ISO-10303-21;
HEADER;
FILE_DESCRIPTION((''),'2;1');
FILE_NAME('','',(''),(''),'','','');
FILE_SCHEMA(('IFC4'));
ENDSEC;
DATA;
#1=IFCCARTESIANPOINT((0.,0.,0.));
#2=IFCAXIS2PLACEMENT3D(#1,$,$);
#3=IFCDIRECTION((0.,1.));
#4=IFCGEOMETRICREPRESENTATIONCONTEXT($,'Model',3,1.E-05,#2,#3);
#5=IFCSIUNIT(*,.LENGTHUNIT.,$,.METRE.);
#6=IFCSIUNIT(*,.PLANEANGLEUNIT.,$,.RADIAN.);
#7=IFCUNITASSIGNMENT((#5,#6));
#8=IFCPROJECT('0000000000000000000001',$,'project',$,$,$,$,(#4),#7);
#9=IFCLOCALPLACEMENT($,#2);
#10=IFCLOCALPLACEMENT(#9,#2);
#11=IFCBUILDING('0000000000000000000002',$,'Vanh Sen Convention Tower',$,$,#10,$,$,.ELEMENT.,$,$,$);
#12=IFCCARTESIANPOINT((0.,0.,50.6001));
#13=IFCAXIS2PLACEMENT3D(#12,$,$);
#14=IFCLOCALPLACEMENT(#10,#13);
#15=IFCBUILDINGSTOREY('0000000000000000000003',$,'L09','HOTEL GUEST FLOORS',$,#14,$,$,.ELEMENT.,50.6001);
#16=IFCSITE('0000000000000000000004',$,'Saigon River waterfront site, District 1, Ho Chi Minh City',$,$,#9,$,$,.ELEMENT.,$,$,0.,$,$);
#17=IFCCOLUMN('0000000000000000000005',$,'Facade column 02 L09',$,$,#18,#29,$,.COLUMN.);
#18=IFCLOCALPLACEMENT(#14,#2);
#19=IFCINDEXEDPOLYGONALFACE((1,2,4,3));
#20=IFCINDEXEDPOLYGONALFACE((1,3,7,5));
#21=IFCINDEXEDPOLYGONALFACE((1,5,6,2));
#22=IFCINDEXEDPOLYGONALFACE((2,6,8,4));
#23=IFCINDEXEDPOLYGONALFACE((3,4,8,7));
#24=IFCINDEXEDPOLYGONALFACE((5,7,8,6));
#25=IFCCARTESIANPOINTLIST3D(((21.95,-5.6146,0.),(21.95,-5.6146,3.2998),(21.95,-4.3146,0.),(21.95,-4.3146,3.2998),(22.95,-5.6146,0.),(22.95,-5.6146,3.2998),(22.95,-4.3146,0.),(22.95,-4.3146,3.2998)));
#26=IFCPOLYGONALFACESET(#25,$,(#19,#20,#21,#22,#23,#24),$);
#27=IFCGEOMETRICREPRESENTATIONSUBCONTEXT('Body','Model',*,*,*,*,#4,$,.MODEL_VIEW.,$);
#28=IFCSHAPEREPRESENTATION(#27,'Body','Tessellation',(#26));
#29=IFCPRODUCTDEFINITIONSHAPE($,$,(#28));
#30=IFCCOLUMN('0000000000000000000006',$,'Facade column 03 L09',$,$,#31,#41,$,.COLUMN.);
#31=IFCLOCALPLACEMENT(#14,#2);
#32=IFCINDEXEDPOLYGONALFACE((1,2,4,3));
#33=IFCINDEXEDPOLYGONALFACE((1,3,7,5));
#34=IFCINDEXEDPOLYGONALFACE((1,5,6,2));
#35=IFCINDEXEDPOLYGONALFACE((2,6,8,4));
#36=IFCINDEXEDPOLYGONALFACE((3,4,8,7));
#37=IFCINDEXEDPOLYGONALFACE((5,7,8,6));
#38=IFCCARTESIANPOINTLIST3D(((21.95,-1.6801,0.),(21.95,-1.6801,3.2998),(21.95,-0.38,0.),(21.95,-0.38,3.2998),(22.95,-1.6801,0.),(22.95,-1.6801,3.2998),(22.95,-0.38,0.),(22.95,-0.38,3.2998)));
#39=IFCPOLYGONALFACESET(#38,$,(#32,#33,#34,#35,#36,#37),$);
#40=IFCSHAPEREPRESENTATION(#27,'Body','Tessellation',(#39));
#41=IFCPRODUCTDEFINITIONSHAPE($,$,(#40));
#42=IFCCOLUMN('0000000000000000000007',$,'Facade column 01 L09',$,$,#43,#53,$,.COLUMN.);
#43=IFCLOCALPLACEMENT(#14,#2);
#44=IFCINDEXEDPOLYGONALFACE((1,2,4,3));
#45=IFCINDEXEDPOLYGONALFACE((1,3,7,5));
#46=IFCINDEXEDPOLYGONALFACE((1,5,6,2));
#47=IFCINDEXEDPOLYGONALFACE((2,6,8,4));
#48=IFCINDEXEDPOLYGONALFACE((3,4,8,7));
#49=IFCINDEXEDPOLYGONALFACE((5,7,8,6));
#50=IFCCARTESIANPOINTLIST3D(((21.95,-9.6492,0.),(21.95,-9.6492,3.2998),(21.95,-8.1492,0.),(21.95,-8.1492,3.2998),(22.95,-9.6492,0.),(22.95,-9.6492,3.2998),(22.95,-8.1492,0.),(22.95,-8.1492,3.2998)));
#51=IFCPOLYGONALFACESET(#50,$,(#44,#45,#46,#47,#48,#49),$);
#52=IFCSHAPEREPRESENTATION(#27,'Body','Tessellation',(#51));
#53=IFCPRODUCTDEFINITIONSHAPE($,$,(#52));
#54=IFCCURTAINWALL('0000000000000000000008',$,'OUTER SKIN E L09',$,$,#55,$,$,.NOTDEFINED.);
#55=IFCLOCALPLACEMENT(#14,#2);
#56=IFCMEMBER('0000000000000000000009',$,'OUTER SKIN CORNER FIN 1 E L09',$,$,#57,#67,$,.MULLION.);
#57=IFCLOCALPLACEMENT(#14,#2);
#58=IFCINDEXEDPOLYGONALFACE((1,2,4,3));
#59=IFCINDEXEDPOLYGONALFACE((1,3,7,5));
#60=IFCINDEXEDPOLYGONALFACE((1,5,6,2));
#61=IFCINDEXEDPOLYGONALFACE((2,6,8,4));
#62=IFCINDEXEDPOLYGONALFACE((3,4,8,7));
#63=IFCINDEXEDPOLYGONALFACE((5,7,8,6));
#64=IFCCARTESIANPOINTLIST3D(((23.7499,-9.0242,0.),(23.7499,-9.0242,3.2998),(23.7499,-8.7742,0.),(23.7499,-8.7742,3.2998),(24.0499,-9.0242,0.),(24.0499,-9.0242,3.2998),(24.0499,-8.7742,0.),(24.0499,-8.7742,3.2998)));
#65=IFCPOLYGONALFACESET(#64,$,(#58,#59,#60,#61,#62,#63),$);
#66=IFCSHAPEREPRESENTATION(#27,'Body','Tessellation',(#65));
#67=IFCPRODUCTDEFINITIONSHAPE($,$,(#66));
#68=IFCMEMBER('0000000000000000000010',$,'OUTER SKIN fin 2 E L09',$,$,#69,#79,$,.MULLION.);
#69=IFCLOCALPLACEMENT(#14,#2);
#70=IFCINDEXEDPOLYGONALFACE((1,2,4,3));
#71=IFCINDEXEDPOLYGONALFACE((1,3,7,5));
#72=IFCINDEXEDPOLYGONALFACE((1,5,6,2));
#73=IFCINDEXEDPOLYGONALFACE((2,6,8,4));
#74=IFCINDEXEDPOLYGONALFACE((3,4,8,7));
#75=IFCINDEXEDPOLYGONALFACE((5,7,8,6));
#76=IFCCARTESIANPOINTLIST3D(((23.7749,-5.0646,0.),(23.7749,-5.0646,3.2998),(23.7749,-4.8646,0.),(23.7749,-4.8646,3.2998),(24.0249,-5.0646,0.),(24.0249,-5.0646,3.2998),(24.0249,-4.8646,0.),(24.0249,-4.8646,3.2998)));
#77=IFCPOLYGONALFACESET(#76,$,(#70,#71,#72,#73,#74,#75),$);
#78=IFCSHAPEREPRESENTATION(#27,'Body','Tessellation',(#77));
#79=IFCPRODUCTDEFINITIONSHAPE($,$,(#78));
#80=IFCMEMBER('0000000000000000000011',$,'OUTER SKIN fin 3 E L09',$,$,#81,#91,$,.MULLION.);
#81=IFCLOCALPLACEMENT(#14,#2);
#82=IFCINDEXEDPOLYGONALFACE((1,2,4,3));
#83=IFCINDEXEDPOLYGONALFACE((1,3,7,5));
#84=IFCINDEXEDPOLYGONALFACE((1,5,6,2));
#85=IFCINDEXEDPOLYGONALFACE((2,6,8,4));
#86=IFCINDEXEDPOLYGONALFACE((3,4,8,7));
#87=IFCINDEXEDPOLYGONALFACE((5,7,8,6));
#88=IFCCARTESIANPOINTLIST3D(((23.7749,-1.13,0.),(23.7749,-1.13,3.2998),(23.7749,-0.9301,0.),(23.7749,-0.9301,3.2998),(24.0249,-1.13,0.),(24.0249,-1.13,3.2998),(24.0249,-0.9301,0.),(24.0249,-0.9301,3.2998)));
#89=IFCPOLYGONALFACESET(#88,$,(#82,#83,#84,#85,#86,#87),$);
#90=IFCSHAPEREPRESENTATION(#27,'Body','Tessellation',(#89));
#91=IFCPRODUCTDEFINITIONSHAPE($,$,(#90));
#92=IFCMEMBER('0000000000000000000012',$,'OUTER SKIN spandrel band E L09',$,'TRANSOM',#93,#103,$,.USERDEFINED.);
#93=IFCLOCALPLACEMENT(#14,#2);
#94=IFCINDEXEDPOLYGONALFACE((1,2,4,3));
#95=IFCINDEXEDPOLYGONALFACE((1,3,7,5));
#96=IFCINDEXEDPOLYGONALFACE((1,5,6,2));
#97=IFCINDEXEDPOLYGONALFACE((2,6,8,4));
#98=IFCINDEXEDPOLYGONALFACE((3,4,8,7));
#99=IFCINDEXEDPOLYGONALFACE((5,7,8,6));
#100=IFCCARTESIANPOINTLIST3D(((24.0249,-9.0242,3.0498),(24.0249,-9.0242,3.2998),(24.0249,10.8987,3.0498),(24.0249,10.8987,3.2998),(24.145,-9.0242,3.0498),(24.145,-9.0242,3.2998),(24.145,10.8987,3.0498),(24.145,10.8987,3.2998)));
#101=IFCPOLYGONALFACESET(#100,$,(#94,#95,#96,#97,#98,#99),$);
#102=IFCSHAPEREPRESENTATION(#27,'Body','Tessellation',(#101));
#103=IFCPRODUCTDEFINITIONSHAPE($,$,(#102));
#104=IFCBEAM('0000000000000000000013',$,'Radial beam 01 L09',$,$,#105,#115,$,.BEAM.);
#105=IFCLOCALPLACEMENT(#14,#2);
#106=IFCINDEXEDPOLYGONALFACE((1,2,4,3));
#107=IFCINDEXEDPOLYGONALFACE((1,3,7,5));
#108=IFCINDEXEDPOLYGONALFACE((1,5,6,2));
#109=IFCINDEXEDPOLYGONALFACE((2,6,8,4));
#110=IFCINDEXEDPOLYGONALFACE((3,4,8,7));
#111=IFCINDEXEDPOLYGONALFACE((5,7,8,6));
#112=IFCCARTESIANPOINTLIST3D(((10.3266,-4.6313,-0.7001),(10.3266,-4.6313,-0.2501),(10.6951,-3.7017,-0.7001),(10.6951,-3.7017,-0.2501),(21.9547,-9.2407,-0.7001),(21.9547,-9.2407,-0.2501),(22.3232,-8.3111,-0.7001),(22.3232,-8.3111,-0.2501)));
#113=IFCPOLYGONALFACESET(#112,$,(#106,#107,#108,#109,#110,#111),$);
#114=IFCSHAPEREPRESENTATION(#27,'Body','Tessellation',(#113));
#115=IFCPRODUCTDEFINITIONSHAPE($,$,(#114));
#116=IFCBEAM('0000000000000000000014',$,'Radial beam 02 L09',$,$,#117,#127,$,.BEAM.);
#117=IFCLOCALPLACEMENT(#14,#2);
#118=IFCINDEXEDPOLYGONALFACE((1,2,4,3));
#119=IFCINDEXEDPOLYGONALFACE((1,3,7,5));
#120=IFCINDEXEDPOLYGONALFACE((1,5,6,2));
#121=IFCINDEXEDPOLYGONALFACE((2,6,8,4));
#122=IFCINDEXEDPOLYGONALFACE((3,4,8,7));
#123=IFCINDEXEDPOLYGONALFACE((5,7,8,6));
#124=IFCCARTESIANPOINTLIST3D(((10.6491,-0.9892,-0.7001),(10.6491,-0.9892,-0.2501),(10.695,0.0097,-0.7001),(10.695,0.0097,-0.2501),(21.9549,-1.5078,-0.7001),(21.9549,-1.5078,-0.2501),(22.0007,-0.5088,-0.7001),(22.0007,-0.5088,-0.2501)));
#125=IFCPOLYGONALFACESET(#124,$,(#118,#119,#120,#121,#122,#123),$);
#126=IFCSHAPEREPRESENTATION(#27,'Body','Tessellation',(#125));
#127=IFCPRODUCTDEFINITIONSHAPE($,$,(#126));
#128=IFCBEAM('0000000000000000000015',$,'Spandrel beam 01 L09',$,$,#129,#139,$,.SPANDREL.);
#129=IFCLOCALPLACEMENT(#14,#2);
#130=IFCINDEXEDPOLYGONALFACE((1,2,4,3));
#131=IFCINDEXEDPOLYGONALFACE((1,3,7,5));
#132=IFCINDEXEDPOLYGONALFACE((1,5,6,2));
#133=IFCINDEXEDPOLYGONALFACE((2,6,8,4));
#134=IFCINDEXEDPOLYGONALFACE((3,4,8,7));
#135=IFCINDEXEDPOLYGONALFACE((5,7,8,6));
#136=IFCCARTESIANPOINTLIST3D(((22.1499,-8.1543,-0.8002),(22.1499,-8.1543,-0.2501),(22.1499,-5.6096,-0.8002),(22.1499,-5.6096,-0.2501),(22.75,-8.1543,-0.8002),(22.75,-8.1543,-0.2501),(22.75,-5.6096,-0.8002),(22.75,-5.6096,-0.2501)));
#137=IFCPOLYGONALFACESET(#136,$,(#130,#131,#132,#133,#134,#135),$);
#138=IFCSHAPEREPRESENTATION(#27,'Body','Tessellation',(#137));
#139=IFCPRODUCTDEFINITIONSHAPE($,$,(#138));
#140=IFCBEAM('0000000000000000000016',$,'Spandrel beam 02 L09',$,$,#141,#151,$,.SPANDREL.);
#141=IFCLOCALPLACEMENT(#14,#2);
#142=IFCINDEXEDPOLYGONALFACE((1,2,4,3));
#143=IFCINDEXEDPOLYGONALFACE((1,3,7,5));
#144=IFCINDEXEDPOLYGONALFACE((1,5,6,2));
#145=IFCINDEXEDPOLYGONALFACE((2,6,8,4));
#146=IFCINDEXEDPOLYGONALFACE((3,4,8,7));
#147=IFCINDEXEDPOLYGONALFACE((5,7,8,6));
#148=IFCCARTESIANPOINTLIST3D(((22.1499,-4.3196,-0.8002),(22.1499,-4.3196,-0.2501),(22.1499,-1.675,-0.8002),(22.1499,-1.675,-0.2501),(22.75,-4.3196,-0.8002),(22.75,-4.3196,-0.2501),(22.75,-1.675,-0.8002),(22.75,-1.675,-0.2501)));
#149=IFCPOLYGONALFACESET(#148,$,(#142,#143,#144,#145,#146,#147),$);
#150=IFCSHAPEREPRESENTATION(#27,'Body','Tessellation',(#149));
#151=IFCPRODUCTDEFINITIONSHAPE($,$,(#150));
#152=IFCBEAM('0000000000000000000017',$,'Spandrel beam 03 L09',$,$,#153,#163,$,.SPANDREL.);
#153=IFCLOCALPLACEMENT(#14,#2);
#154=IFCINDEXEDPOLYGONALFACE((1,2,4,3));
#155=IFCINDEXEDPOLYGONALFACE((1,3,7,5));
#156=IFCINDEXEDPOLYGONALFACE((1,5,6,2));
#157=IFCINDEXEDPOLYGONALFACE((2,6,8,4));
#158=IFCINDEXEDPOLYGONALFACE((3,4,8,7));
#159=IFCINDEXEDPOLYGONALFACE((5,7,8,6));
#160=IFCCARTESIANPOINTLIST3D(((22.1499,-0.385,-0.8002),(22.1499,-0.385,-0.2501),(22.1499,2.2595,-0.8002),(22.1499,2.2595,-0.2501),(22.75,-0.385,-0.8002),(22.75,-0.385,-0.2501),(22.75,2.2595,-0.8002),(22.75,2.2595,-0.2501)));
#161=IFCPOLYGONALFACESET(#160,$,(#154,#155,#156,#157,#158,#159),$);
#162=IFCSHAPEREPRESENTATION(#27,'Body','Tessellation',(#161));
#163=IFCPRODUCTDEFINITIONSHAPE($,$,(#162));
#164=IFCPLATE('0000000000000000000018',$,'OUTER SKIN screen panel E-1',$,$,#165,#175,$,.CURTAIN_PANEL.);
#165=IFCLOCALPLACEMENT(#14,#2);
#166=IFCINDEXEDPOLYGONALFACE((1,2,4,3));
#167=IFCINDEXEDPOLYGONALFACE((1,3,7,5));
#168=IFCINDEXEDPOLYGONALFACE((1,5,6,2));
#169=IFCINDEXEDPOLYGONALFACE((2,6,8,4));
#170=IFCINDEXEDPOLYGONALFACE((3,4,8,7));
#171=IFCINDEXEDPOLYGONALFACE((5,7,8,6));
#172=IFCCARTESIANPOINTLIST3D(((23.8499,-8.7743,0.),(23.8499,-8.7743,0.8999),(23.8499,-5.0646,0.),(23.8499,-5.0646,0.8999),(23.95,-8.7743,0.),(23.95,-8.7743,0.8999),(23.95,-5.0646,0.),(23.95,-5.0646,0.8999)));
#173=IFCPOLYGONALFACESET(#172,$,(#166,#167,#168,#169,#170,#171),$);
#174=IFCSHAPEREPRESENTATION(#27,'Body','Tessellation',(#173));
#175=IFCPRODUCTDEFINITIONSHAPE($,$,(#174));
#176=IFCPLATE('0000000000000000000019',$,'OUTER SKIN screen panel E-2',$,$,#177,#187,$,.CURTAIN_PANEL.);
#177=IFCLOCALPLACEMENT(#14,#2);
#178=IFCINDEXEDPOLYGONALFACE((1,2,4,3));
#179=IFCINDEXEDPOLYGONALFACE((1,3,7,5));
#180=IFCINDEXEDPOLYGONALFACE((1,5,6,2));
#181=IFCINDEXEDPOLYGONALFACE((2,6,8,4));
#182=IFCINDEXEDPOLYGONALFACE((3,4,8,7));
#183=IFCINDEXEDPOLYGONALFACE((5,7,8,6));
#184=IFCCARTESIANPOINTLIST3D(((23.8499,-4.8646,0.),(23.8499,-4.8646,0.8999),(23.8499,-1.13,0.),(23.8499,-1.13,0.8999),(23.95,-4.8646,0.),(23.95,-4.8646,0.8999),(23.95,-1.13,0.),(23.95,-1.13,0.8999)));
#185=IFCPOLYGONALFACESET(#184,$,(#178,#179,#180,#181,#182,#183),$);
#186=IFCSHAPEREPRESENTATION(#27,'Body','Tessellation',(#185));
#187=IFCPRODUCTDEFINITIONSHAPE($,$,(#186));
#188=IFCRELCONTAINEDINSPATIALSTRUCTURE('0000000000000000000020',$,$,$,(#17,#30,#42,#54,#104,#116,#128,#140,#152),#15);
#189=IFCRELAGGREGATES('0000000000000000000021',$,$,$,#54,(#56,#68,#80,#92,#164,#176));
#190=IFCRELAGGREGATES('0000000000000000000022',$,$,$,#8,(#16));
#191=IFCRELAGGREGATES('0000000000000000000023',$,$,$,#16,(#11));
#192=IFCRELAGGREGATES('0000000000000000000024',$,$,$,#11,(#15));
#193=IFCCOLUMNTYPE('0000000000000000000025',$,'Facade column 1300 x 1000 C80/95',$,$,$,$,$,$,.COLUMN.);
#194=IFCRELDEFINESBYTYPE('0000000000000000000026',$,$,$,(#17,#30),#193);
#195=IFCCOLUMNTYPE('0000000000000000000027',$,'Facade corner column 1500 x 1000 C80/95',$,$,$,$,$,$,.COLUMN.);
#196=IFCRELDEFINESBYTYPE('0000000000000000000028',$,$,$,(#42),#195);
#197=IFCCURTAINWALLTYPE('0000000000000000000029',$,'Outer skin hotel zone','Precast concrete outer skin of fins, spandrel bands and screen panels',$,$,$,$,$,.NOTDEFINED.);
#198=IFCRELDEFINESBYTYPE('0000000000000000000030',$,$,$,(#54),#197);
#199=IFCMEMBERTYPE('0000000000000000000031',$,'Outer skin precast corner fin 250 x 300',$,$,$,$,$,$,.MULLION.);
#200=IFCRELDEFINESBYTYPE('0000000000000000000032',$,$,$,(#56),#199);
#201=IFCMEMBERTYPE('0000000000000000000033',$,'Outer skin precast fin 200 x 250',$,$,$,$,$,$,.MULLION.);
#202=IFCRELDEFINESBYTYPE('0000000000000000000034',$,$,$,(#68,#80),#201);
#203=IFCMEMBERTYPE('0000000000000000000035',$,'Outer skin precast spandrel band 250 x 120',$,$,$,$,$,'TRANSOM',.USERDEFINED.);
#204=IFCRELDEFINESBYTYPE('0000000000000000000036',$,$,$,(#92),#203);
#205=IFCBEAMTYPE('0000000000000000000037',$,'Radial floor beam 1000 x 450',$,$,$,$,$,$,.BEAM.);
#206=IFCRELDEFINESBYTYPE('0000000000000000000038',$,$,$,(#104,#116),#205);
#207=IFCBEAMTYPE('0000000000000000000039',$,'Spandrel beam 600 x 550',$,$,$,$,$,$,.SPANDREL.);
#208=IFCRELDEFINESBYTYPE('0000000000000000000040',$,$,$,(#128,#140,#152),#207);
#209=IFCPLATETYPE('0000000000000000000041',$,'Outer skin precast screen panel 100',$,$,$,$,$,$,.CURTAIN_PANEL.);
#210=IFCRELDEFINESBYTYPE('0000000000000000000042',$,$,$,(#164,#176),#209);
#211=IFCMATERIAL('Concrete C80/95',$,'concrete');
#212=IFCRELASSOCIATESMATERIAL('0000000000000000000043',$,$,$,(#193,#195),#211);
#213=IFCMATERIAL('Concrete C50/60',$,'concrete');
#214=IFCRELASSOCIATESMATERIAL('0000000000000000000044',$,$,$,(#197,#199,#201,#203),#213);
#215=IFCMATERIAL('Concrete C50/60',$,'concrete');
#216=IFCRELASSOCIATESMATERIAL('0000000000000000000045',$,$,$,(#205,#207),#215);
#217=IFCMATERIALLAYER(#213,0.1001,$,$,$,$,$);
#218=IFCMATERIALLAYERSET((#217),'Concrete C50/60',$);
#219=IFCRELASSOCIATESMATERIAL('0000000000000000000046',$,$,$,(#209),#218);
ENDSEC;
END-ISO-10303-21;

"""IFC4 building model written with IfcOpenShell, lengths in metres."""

from ifc_helpers import new_model, si_unit, direction, frame, origin, origin_2d, place, context, subcontext, project, spatial, rectangle, extrude, material, layer, layer_set, material_profile, profile_set, type_object, element, aggregate, save


model = new_model("IFC4")

# Units and contexts
model_context = context("Model", 3, precision=1e-05, world=origin(), true_north=direction((0.0, 1.0)))
body_context = subcontext(model_context, "Body", "Model", "MODEL_VIEW")
ifc_project = project(units=[si_unit("LENGTHUNIT", "METRE"), si_unit("PLANEANGLEUNIT", "RADIAN")], contexts=[model_context])

# Site, building, storey
site_placement = place(None, origin())
site = spatial("IfcSite", under=ifc_project, at=site_placement, Name="Saigon River waterfront site, District 1, Ho Chi Minh City", CompositionType="ELEMENT", RefElevation=0.0)
building_placement = place(site_placement, origin())
building = spatial("IfcBuilding", under=site, at=building_placement, Name="Vanh Sen Convention Tower", CompositionType="ELEMENT")
storey_placement = place(building_placement, frame((0.0, 0.0, 50.6001)))
storey = spatial("IfcBuildingStorey", under=building, at=storey_placement, Name="L09", Description="HOTEL GUEST FLOORS", CompositionType="ELEMENT", Elevation=50.6001)

# Columns
ifc_material_1 = material(Name="Concrete C80/95", Category="concrete")
ifc_material_profile_1 = material_profile(ifc_material_1, rectangle(XDim=1.3, YDim=1.0, at=origin_2d()), Name="RC 1300X1000")
ifc_profile_set_1 = profile_set([ifc_material_profile_1], Name="Concrete C80/95")
column_type_1 = type_object("IfcColumnType", Name="Facade column 1300 x 1000 C80/95", PredefinedType="COLUMN", material=ifc_profile_set_1)
for number, where, z_axis, x_axis, name in (
    (1, (22.45, -4.9646, 0.0), (0.0, 0.0, 1.0), (0.0, 1.0, 0.0), "Facade column 02 L09"),
    (2, (22.45, -1.03, 0.0), (0.0, 0.0, 1.0), (0.0, 1.0, 0.0), "Facade column 03 L09"),
):
    element("IfcColumn", number, at=place(storey_placement, frame(where, z_axis=z_axis, x_axis=x_axis)), inside=storey, type_object=column_type_1, Name=name, PredefinedType="COLUMN", context=body_context, shape_type="SweptSolid", body=[
        extrude(rectangle(XDim=1.3, YDim=1.0, at=origin_2d()), origin(), (0.0, 0.0, 1.0), 3.2998),
    ])
ifc_material_profile_2 = material_profile(ifc_material_1, rectangle(XDim=1.5, YDim=1.0, at=origin_2d()), Name="RC 1500X1000")
ifc_profile_set_2 = profile_set([ifc_material_profile_2], Name="Concrete C80/95")
column_type_2 = type_object("IfcColumnType", Name="Facade corner column 1500 x 1000 C80/95", PredefinedType="COLUMN", material=ifc_profile_set_2)
column_placement = place(storey_placement, frame((22.45, -8.8992, 0.0), z_axis=(0.0, 0.0, 1.0), x_axis=(0.0, 1.0, 0.0)))
element("IfcColumn", 3, at=column_placement, inside=storey, type_object=column_type_2, Name="Facade column 01 L09", PredefinedType="COLUMN", context=body_context, shape_type="SweptSolid", body=[
    extrude(rectangle(XDim=1.5, YDim=1.0, at=origin_2d()), origin(), (0.0, 0.0, 1.0), 3.2998),
])

# Curtain wall, members
ifc_material_2 = material(Name="Concrete C50/60", Category="concrete")
curtain_wall_type = type_object("IfcCurtainWallType", Name="Outer skin hotel zone", Description="Precast concrete outer skin of fins, spandrel bands and screen panels", PredefinedType="NOTDEFINED", material=ifc_material_2)
curtain_wall_placement = place(storey_placement, origin())
curtain_wall = element("IfcCurtainWall", 4, at=curtain_wall_placement, inside=storey, type_object=curtain_wall_type, Name="OUTER SKIN E L09", PredefinedType="NOTDEFINED")
ifc_material_profile_3 = material_profile(ifc_material_2, rectangle(XDim=0.25, YDim=0.3, at=origin_2d()), Name="Outer skin precast corner fin 250 x 300")
ifc_profile_set_3 = profile_set([ifc_material_profile_3], Name="Concrete C50/60")
member_type_1 = type_object("IfcMemberType", Name="Outer skin precast corner fin 250 x 300", PredefinedType="MULLION", material=ifc_profile_set_3)
member_1_placement = place(storey_placement, frame((23.8999, -8.8992, 0.0), z_axis=(0.0, 0.0, 1.0), x_axis=(0.0, 1.0, 0.0)))
member_1 = element("IfcMember", 5, at=member_1_placement, type_object=member_type_1, Name="OUTER SKIN CORNER FIN 1 E L09", PredefinedType="MULLION", context=body_context, shape_type="SweptSolid", body=[
    extrude(rectangle(XDim=0.25, YDim=0.3, at=origin_2d()), origin(), (0.0, 0.0, 1.0), 3.2998),
])
ifc_material_profile_4 = material_profile(ifc_material_2, rectangle(XDim=0.2, YDim=0.25, at=origin_2d()), Name="Outer skin precast fin 200 x 250")
ifc_profile_set_4 = profile_set([ifc_material_profile_4], Name="Concrete C50/60")
member_type_2 = type_object("IfcMemberType", Name="Outer skin precast fin 200 x 250", PredefinedType="MULLION", material=ifc_profile_set_4)
member_2_placement = place(storey_placement, frame((23.8999, -4.9646, 0.0), z_axis=(0.0, 0.0, 1.0), x_axis=(0.0, 1.0, 0.0)))
member_2 = element("IfcMember", 6, at=member_2_placement, type_object=member_type_2, Name="OUTER SKIN fin 2 E L09", PredefinedType="MULLION", context=body_context, shape_type="SweptSolid", body=[
    extrude(rectangle(XDim=0.2, YDim=0.25, at=origin_2d()), origin(), (0.0, 0.0, 1.0), 3.2998),
])
member_3_placement = place(storey_placement, frame((23.8999, -1.03, 0.0), z_axis=(0.0, 0.0, 1.0), x_axis=(0.0, 1.0, 0.0)))
member_3 = element("IfcMember", 7, at=member_3_placement, type_object=member_type_2, Name="OUTER SKIN fin 3 E L09", PredefinedType="MULLION", context=body_context, shape_type="SweptSolid", body=[
    extrude(rectangle(XDim=0.2, YDim=0.25, at=origin_2d()), origin(), (0.0, 0.0, 1.0), 3.2998),
])
ifc_material_profile_5 = material_profile(ifc_material_2, rectangle(XDim=0.1201, YDim=0.25, at=origin_2d()), Name="Outer skin precast spandrel band 250 x 120")
ifc_profile_set_5 = profile_set([ifc_material_profile_5], Name="Concrete C50/60")
member_type_3 = type_object("IfcMemberType", Name="Outer skin precast spandrel band 250 x 120", ElementType="TRANSOM", PredefinedType="USERDEFINED", material=ifc_profile_set_5)
member_4_placement = place(storey_placement, frame((24.085, -9.0242, 3.1748), z_axis=(0.0, 1.0, 0.0), x_axis=(-1.0, 0.0, 0.0)))
member_4 = element("IfcMember", 8, at=member_4_placement, type_object=member_type_3, Name="OUTER SKIN spandrel band E L09", ObjectType="TRANSOM", PredefinedType="USERDEFINED", context=body_context, shape_type="SweptSolid", body=[
    extrude(rectangle(XDim=0.1201, YDim=0.25, at=origin_2d()), origin(), (0.0, 0.0, 1.0), 19.9229),
])

# Beams
ifc_material_3 = material(Name="Concrete C50/60", Category="concrete")
ifc_material_profile_6 = material_profile(ifc_material_3, rectangle(XDim=1.0, YDim=0.45, at=origin_2d()), Name="RC 1000X450")
ifc_profile_set_6 = profile_set([ifc_material_profile_6], Name="Concrete C50/60")
beam_type_1 = type_object("IfcBeamType", Name="Radial floor beam 1000 x 450", PredefinedType="BEAM", material=ifc_profile_set_6)
beam_1_placement = place(storey_placement, frame((22.1389, -8.7759, -0.4751), z_axis=(-0.929624, 0.368508, 0.0), x_axis=(-0.368508, -0.929624, 0.0)))
element("IfcBeam", 9, at=beam_1_placement, inside=storey, type_object=beam_type_1, Name="Radial beam 01 L09", PredefinedType="BEAM", context=body_context, shape_type="SweptSolid", body=[
    extrude(rectangle(XDim=1.0, YDim=0.45, at=origin_2d()), origin(), (0.0, 0.0, 1.0), 12.5083),
])
beam_2_placement = place(storey_placement, frame((21.9778, -1.0083, -0.4751), z_axis=(-0.99895, 0.045819, 0.0), x_axis=(-0.045819, -0.99895, 0.0)))
element("IfcBeam", 10, at=beam_2_placement, inside=storey, type_object=beam_type_1, Name="Radial beam 02 L09", PredefinedType="BEAM", context=body_context, shape_type="SweptSolid", body=[
    extrude(rectangle(XDim=1.0, YDim=0.45, at=origin_2d()), origin(), (0.0, 0.0, 1.0), 11.3176),
])
ifc_material_profile_7 = material_profile(ifc_material_3, rectangle(XDim=0.6001, YDim=0.55, at=origin_2d()), Name="RC 600X550")
ifc_profile_set_7 = profile_set([ifc_material_profile_7], Name="Concrete C50/60")
beam_type_2 = type_object("IfcBeamType", Name="Spandrel beam 600 x 550", PredefinedType="SPANDREL", material=ifc_profile_set_7)
beam_3_placement = place(storey_placement, frame((22.45, -8.1543, -0.5251), z_axis=(0.0, 1.0, 0.0), x_axis=(-1.0, 0.0, 0.0)))
element("IfcBeam", 11, at=beam_3_placement, inside=storey, type_object=beam_type_2, Name="Spandrel beam 01 L09", PredefinedType="SPANDREL", context=body_context, shape_type="SweptSolid", body=[
    extrude(rectangle(XDim=0.6001, YDim=0.55, at=origin_2d()), origin(), (0.0, 0.0, 1.0), 2.5447),
])
for number, where, z_axis, x_axis, name in (
    (12, (22.45, -4.3196, -0.5251), (0.0, 1.0, 0.0), (-1.0, 0.0, 0.0), "Spandrel beam 02 L09"),
    (13, (22.45, -0.385, -0.5251), (0.0, 1.0, 0.0), (-1.0, 0.0, 0.0), "Spandrel beam 03 L09"),
):
    element("IfcBeam", number, at=place(storey_placement, frame(where, z_axis=z_axis, x_axis=x_axis)), inside=storey, type_object=beam_type_2, Name=name, PredefinedType="SPANDREL", context=body_context, shape_type="SweptSolid", body=[
        extrude(rectangle(XDim=0.6001, YDim=0.55, at=origin_2d()), origin(), (0.0, 0.0, 1.0), 2.6445),
    ])

# Plates
ifc_layer_1 = layer(ifc_material_2, 0.1001)
ifc_layer_set_1 = layer_set([ifc_layer_1], Name="Concrete C50/60")
plate_type = type_object("IfcPlateType", Name="Outer skin precast screen panel 100", PredefinedType="CURTAIN_PANEL", material=ifc_layer_set_1)
plate_1_placement = place(storey_placement, frame((23.8999, -6.9194, 0.0), z_axis=(0.0, 0.0, 1.0), x_axis=(0.0, 1.0, 0.0)))
plate_1 = element("IfcPlate", 14, at=plate_1_placement, type_object=plate_type, Name="OUTER SKIN screen panel E-1", PredefinedType="CURTAIN_PANEL", context=body_context, shape_type="SweptSolid", body=[
    extrude(rectangle(XDim=3.7097, YDim=0.1001, at=origin_2d()), origin(), (0.0, 0.0, 1.0), 0.8999),
])
plate_2_placement = place(storey_placement, frame((23.8999, -2.9973, 0.0), z_axis=(0.0, 0.0, 1.0), x_axis=(0.0, 1.0, 0.0)))
plate_2 = element("IfcPlate", 15, at=plate_2_placement, type_object=plate_type, Name="OUTER SKIN screen panel E-2", PredefinedType="CURTAIN_PANEL", context=body_context, shape_type="SweptSolid", body=[
    extrude(rectangle(XDim=3.7346, YDim=0.1001, at=origin_2d()), origin(), (0.0, 0.0, 1.0), 0.8999),
])
aggregate(curtain_wall, [member_1, member_2, member_3, member_4, plate_1, plate_2])

save(model, "model.ifc")
